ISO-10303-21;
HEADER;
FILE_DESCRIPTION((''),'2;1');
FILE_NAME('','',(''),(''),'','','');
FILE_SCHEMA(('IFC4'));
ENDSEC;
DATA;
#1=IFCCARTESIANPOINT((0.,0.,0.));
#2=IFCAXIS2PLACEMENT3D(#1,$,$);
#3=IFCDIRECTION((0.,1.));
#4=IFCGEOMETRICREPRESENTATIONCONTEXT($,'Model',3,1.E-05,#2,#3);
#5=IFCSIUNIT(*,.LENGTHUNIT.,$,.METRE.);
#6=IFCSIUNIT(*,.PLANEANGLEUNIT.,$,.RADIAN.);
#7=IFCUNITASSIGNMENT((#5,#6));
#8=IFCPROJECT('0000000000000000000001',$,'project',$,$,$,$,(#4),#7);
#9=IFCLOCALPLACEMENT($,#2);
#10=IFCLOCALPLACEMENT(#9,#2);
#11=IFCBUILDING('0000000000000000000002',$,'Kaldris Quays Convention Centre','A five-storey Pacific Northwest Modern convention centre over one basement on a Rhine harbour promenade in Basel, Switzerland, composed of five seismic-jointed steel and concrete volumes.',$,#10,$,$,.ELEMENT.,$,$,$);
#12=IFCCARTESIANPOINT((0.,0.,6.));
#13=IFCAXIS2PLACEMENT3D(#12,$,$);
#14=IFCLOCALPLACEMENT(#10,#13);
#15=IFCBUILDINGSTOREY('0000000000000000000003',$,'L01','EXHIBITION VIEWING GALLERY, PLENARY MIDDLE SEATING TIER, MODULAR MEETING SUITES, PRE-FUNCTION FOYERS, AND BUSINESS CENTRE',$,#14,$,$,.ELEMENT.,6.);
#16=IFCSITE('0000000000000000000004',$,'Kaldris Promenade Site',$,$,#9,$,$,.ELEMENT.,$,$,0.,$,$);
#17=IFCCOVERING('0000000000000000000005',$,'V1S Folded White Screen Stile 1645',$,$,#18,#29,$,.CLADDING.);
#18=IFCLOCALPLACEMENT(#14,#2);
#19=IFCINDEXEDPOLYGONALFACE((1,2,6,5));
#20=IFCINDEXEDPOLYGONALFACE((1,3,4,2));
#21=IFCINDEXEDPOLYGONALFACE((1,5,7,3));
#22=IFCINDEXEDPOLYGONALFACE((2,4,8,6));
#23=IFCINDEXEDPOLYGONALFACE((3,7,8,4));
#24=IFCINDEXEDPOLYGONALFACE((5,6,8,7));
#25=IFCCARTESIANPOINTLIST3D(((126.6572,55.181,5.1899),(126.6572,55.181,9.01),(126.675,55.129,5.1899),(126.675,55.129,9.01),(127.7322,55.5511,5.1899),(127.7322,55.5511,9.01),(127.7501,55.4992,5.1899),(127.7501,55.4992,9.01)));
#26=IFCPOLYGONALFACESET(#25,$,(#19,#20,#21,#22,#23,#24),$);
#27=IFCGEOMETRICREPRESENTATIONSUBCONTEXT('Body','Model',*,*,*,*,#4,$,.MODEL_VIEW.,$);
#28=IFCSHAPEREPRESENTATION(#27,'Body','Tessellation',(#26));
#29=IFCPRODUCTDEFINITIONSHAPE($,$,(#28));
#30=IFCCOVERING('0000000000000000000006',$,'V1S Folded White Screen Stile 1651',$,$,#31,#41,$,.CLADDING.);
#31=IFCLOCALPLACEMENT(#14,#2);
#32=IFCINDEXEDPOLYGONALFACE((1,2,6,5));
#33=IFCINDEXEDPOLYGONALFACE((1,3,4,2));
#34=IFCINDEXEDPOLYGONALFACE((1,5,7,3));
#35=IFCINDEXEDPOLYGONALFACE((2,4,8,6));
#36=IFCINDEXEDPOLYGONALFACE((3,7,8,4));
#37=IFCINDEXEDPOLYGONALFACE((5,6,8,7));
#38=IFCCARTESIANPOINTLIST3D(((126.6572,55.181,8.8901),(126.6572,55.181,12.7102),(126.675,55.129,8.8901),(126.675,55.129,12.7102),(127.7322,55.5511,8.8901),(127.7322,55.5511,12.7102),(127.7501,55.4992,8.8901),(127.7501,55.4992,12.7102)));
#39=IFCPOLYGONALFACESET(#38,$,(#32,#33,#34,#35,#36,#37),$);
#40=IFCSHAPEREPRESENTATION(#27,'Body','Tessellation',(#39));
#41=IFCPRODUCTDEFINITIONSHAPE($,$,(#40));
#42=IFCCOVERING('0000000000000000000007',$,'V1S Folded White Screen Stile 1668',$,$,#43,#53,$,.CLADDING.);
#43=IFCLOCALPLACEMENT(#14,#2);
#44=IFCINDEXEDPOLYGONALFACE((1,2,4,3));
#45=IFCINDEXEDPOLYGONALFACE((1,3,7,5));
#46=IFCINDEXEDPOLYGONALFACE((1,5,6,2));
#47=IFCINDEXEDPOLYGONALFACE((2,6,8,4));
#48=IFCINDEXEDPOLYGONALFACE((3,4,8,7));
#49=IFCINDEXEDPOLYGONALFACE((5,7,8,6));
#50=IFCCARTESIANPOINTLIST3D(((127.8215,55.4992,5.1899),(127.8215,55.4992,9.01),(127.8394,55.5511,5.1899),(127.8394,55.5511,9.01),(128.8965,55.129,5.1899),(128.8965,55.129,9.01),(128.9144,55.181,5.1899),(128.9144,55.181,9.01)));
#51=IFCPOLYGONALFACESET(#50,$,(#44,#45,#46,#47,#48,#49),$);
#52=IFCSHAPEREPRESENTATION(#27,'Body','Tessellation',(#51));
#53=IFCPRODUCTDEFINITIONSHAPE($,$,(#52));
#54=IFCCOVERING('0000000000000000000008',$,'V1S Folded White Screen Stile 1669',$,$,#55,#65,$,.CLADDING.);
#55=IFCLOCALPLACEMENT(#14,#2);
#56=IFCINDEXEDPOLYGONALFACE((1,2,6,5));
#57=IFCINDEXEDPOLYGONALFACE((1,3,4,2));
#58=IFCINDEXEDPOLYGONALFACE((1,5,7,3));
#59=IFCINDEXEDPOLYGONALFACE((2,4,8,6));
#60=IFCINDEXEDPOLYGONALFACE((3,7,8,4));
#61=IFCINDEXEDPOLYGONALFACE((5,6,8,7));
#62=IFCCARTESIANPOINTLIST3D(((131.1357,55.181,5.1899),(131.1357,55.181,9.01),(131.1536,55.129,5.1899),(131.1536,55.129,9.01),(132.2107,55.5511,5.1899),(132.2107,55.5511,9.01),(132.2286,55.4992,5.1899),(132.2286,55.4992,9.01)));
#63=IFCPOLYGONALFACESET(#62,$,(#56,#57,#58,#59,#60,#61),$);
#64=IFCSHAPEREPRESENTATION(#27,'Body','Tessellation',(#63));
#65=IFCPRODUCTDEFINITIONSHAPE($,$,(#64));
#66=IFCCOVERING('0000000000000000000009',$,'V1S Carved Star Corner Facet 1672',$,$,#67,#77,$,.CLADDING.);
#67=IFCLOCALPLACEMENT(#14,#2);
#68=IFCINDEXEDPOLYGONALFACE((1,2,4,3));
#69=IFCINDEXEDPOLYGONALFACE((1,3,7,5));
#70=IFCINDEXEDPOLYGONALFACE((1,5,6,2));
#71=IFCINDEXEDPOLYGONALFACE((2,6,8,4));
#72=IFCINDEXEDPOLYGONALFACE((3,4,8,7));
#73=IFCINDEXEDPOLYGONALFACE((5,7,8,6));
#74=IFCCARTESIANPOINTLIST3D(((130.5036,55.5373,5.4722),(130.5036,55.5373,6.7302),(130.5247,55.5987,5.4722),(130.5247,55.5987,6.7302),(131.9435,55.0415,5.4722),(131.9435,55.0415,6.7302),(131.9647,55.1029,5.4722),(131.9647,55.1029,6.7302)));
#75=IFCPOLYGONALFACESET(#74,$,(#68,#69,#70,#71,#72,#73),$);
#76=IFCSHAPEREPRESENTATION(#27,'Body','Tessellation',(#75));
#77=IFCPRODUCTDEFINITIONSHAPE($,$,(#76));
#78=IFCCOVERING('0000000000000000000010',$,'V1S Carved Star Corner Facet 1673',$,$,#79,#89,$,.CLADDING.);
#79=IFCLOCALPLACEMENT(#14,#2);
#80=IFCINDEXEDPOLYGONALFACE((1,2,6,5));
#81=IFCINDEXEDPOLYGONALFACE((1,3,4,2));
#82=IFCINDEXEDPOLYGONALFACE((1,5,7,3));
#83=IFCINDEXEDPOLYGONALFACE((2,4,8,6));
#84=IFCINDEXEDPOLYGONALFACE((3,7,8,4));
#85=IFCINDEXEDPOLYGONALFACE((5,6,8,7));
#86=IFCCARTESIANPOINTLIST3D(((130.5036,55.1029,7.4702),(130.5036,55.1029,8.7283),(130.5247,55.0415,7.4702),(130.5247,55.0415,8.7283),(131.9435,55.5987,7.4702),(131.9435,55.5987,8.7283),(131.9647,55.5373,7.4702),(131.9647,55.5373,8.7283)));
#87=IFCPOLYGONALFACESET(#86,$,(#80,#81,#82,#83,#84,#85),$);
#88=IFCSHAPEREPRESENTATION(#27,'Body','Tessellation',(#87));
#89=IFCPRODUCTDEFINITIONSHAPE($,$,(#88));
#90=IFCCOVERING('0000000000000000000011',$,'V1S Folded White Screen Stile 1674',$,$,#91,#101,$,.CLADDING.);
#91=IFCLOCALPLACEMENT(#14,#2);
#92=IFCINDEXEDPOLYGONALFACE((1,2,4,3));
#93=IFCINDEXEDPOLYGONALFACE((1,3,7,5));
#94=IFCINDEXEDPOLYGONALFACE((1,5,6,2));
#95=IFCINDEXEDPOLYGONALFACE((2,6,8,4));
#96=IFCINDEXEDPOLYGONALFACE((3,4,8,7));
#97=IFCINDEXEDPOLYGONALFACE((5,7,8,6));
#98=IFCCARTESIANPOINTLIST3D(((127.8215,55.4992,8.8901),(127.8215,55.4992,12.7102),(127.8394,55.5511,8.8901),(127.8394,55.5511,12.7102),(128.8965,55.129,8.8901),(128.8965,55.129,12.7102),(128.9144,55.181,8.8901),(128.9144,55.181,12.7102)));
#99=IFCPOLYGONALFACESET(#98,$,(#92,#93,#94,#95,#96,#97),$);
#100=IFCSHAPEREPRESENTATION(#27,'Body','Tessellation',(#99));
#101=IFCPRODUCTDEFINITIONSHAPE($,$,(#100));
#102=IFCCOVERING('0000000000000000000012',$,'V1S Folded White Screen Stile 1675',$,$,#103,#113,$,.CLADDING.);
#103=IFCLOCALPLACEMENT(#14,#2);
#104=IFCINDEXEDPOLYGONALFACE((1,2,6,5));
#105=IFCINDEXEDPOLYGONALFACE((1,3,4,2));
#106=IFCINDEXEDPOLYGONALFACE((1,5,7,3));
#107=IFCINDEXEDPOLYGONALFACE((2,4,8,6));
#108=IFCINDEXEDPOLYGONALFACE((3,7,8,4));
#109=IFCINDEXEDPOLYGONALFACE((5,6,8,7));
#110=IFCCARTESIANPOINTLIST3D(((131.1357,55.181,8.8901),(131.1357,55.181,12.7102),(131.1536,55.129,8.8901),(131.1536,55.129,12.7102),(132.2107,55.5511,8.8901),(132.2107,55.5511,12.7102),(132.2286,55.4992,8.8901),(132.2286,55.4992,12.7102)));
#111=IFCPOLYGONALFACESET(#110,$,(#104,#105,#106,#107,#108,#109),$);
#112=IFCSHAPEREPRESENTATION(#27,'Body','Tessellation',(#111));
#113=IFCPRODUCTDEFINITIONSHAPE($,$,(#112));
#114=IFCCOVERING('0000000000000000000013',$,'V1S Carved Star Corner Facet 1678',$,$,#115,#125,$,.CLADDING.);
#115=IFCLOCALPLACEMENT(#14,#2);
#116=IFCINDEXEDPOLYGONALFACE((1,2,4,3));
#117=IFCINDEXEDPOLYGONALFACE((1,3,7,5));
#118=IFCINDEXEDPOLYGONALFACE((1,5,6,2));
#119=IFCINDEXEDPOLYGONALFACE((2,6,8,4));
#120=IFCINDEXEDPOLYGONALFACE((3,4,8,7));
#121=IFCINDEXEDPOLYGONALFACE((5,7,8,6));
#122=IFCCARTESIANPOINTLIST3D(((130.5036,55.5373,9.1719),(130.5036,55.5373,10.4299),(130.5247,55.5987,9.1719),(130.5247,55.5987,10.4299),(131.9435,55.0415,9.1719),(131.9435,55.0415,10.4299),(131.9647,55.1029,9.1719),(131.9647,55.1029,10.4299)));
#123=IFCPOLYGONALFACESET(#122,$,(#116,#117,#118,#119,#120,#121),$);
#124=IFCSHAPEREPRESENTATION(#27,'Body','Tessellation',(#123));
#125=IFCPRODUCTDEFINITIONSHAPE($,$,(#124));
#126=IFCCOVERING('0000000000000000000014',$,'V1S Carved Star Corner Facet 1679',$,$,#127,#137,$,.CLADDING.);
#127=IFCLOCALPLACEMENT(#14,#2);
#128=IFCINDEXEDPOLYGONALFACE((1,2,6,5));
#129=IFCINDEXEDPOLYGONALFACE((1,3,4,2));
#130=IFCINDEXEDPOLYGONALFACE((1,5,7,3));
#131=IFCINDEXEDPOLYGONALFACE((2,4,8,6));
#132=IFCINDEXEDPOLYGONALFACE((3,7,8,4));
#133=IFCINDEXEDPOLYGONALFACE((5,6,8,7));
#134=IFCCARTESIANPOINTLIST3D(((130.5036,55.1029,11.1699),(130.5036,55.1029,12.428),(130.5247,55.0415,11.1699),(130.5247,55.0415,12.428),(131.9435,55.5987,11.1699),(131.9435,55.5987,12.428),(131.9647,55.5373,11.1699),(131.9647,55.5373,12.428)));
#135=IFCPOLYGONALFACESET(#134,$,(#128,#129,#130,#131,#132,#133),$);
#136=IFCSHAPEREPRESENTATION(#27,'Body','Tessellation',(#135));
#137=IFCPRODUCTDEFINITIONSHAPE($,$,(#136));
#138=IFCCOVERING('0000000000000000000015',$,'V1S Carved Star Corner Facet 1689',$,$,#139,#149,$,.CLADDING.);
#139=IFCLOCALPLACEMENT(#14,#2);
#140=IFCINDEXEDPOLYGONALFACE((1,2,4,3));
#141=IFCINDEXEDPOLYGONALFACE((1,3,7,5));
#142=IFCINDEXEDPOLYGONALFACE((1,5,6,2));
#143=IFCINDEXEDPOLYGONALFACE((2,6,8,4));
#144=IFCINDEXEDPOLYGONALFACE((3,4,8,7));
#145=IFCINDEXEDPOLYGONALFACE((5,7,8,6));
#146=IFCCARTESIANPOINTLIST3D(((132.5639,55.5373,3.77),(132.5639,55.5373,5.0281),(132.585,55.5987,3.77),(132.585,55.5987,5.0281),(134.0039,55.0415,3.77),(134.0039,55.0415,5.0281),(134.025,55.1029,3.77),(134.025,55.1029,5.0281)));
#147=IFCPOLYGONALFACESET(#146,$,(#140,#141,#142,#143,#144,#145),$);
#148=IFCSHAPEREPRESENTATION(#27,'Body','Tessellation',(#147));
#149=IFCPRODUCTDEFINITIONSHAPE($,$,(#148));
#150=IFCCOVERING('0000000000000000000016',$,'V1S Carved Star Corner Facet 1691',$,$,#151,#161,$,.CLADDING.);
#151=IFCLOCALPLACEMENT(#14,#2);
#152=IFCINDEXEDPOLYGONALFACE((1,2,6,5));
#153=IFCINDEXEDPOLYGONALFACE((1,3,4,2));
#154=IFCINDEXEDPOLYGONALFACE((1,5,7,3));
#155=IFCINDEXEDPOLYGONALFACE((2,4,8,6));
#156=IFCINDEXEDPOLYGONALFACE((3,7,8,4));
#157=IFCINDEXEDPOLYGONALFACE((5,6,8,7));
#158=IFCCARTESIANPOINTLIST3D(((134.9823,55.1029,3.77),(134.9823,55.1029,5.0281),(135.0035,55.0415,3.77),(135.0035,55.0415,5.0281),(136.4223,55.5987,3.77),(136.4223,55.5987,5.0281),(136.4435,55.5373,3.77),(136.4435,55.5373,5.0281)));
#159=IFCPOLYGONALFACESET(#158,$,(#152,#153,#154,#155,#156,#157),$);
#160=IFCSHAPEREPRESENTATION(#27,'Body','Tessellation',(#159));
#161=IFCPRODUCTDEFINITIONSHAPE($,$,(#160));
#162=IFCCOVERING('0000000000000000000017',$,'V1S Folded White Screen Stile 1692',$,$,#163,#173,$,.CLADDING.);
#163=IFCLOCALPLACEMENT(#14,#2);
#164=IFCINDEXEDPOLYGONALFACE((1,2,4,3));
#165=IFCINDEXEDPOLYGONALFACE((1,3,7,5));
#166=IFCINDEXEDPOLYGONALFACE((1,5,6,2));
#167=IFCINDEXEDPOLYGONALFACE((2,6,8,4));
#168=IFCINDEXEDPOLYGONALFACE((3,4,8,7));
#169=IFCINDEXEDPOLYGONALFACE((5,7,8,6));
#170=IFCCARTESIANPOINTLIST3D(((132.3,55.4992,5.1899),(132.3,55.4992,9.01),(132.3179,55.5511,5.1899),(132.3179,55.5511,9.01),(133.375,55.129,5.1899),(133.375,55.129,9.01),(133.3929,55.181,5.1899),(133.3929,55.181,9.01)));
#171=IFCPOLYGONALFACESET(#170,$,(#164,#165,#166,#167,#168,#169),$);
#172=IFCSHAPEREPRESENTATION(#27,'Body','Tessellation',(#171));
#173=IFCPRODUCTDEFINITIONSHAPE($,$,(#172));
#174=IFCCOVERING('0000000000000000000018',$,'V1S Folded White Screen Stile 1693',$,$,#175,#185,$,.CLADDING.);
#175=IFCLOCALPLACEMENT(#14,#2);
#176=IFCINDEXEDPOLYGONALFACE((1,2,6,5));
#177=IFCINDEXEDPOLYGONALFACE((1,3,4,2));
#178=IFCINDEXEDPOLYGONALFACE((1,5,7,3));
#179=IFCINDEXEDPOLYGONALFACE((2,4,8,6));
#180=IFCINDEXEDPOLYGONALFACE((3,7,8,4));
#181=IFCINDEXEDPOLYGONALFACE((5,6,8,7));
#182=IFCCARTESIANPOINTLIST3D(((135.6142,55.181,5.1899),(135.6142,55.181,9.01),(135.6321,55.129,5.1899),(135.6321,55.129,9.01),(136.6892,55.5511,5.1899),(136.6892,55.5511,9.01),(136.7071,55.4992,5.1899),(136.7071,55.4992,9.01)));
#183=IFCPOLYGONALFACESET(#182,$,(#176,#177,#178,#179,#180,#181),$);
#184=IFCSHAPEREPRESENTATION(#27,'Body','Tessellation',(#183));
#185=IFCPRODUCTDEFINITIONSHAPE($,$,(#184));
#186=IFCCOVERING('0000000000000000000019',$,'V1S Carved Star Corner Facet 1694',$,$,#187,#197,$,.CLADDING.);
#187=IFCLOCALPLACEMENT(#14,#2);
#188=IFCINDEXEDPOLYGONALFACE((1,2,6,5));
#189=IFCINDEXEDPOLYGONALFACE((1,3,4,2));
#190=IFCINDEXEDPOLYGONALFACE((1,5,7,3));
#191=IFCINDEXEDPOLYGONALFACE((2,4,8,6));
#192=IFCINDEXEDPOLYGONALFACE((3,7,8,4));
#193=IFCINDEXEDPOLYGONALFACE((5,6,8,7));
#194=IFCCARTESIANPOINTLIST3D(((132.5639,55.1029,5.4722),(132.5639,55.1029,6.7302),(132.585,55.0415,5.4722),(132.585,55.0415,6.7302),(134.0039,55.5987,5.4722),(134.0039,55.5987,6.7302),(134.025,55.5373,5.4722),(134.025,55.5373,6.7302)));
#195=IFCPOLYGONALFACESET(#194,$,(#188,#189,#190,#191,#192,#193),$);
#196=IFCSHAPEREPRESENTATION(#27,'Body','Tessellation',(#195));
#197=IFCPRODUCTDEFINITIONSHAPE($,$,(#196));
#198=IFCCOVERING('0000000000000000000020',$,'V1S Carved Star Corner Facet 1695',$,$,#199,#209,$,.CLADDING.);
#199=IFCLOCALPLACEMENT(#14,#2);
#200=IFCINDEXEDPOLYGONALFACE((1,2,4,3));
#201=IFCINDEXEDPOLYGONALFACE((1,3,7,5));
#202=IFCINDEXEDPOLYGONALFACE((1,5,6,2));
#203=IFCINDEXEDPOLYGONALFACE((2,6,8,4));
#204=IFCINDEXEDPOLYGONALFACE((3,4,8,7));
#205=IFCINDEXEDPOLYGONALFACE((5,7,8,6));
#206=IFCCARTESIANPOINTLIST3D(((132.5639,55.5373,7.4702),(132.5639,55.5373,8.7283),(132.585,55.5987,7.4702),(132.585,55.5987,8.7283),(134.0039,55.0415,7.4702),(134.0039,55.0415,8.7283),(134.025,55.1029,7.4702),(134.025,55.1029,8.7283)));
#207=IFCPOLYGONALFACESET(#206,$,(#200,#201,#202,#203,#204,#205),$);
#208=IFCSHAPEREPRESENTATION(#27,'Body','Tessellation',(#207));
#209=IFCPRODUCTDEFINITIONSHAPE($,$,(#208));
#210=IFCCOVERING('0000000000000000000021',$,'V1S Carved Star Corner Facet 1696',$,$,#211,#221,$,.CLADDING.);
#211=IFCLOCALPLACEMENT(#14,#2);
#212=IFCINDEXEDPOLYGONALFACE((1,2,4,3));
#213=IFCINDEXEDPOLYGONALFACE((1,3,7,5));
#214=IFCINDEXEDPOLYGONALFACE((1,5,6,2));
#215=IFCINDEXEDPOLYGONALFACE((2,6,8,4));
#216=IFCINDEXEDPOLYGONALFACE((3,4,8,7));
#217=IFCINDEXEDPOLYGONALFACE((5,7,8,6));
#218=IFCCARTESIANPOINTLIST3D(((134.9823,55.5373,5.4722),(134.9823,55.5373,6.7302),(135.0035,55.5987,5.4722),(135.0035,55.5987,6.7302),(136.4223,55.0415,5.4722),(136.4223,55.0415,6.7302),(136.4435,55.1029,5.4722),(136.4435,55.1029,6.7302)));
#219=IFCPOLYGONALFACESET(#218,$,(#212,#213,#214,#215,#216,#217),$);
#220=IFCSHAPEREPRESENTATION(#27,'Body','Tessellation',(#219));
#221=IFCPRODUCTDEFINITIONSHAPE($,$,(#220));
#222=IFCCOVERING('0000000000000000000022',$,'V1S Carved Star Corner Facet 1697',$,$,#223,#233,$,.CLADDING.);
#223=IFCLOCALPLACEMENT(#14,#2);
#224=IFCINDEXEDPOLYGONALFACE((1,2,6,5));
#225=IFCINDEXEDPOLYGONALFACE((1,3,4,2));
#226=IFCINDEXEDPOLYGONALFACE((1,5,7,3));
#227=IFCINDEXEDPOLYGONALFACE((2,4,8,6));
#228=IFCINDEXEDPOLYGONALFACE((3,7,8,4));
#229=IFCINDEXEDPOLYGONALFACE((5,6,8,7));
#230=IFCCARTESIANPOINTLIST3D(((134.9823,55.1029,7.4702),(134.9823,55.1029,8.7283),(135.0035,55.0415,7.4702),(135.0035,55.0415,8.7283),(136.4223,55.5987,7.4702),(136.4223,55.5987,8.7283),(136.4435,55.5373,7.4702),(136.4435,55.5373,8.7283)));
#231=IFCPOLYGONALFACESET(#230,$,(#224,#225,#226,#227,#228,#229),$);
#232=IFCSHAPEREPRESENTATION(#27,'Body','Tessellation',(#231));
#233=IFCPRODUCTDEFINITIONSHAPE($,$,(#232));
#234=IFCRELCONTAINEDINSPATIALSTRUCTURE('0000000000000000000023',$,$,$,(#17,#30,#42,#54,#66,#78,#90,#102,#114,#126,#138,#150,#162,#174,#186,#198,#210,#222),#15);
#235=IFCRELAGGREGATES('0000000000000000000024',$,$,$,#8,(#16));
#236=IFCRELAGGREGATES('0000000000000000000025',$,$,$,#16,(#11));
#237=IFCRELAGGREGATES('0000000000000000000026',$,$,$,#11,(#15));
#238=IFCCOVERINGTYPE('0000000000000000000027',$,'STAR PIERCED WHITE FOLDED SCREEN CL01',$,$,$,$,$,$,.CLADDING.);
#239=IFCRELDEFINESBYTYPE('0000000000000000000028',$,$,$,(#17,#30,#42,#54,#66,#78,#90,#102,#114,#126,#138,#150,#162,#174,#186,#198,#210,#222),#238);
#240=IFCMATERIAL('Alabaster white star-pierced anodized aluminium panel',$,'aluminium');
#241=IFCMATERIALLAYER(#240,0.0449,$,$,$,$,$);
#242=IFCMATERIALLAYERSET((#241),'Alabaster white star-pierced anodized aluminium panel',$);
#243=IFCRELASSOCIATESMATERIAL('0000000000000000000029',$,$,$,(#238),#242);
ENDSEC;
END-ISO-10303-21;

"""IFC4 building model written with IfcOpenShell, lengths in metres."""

from ifc_helpers import new_model, si_unit, direction, frame, origin, origin_2d, place, context, subcontext, project, spatial, rectangle, extrude, material, layer, layer_set, type_object, element, save


model = new_model("IFC4")

# Units and contexts
model_context = context("Model", 3, precision=1e-05, world=origin(), true_north=direction((0.0, 1.0)))
body_context = subcontext(model_context, "Body", "Model", "MODEL_VIEW")
ifc_project = project(units=[si_unit("LENGTHUNIT", "METRE"), si_unit("PLANEANGLEUNIT", "RADIAN")], contexts=[model_context])

# Site, building, storey
site_placement = place(None, origin())
site = spatial("IfcSite", under=ifc_project, at=site_placement, Name="Kaldris Promenade Site", CompositionType="ELEMENT", RefElevation=0.0)
building_placement = place(site_placement, origin())
building = spatial("IfcBuilding", under=site, at=building_placement, Name="Kaldris Quays Convention Centre", Description="A five-storey Pacific Northwest Modern convention centre over one basement on a Rhine harbour promenade in Basel, Switzerland, composed of five seismic-jointed steel and concrete volumes.", CompositionType="ELEMENT")
storey_placement = place(building_placement, frame((0.0, 0.0, 6.0)))
storey = spatial("IfcBuildingStorey", under=building, at=storey_placement, Name="L01", Description="EXHIBITION VIEWING GALLERY, PLENARY MIDDLE SEATING TIER, MODULAR MEETING SUITES, PRE-FUNCTION FOYERS, AND BUSINESS CENTRE", CompositionType="ELEMENT", Elevation=6.0)

# Coverings
ifc_material = material(Name="Alabaster white star-pierced anodized aluminium panel", Category="aluminium")
ifc_layer = layer(ifc_material, 0.0449)
ifc_layer_set = layer_set([ifc_layer], Name="Alabaster white star-pierced anodized aluminium panel")
covering_type = type_object("IfcCoveringType", Name="STAR PIERCED WHITE FOLDED SCREEN CL01", PredefinedType="CLADDING", material=ifc_layer_set)
for number, where, z_axis, x_axis, name in (
    (1, (127.2036, 55.3401, 5.1899), (0.0, 0.0, 1.0), (0.945519, 0.325568, 0.0), "V1S Folded White Screen Stile 1645"),
    (2, (127.2036, 55.3401, 8.8901), (0.0, 0.0, 1.0), (0.945519, 0.325568, 0.0), "V1S Folded White Screen Stile 1651"),
    (3, (128.3679, 55.3401, 5.1899), (0.0, 0.0, 1.0), (0.945519, -0.325568, 0.0), "V1S Folded White Screen Stile 1668"),
    (4, (131.6821, 55.3401, 5.1899), (0.0, 0.0, 1.0), (0.945519, 0.325568, 0.0), "V1S Folded White Screen Stile 1669"),
):
    element("IfcCovering", number, at=place(storey_placement, frame(where, z_axis=z_axis, x_axis=x_axis)), inside=storey, type_object=covering_type, Name=name, PredefinedType="CLADDING", context=body_context, shape_type="SweptSolid", body=[
        extrude(rectangle(XDim=1.137, YDim=0.0549, at=origin_2d()), origin(), (0.0, 0.0, 1.0), 3.8201),
    ])
for number, where, z_axis, x_axis, name in (
    (5, (131.2341, 55.3201, 5.4722), (0.0, 0.0, 1.0), (0.945519, -0.325568, 0.0), "V1S Carved Star Corner Facet 1672"),
    (6, (131.2341, 55.3201, 7.4702), (0.0, 0.0, 1.0), (0.945519, 0.325568, 0.0), "V1S Carved Star Corner Facet 1673"),
):
    element("IfcCovering", number, at=place(storey_placement, frame(where, z_axis=z_axis, x_axis=x_axis)), inside=storey, type_object=covering_type, Name=name, PredefinedType="CLADDING", context=body_context, shape_type="SweptSolid", body=[
        extrude(rectangle(XDim=1.5229, YDim=0.0649, at=origin_2d()), origin(), (0.0, 0.0, 1.0), 1.2581),
    ])
for number, where, z_axis, x_axis, name in (
    (7, (128.3679, 55.3401, 8.8901), (0.0, 0.0, 1.0), (0.945519, -0.325568, 0.0), "V1S Folded White Screen Stile 1674"),
    (8, (131.6821, 55.3401, 8.8901), (0.0, 0.0, 1.0), (0.945519, 0.325568, 0.0), "V1S Folded White Screen Stile 1675"),
):
    element("IfcCovering", number, at=place(storey_placement, frame(where, z_axis=z_axis, x_axis=x_axis)), inside=storey, type_object=covering_type, Name=name, PredefinedType="CLADDING", context=body_context, shape_type="SweptSolid", body=[
        extrude(rectangle(XDim=1.137, YDim=0.0549, at=origin_2d()), origin(), (0.0, 0.0, 1.0), 3.8201),
    ])
for number, where, z_axis, x_axis, name in (
    (9, (131.2341, 55.3201, 9.1719), (0.0, 0.0, 1.0), (0.945519, -0.325568, 0.0), "V1S Carved Star Corner Facet 1678"),
    (10, (131.2341, 55.3201, 11.1699), (0.0, 0.0, 1.0), (0.945519, 0.325568, 0.0), "V1S Carved Star Corner Facet 1679"),
    (11, (133.2944, 55.3201, 3.77), (0.0, 0.0, 1.0), (0.945519, -0.325568, 0.0), "V1S Carved Star Corner Facet 1689"),
    (12, (135.7129, 55.3201, 3.77), (0.0, 0.0, 1.0), (0.945519, 0.325568, 0.0), "V1S Carved Star Corner Facet 1691"),
):
    element("IfcCovering", number, at=place(storey_placement, frame(where, z_axis=z_axis, x_axis=x_axis)), inside=storey, type_object=covering_type, Name=name, PredefinedType="CLADDING", context=body_context, shape_type="SweptSolid", body=[
        extrude(rectangle(XDim=1.5229, YDim=0.0649, at=origin_2d()), origin(), (0.0, 0.0, 1.0), 1.2581),
    ])
for number, where, z_axis, x_axis, name in (
    (13, (132.8464, 55.3401, 5.1899), (0.0, 0.0, 1.0), (0.945519, -0.325568, 0.0), "V1S Folded White Screen Stile 1692"),
    (14, (136.1606, 55.3401, 5.1899), (0.0, 0.0, 1.0), (0.945519, 0.325568, 0.0), "V1S Folded White Screen Stile 1693"),
):
    element("IfcCovering", number, at=place(storey_placement, frame(where, z_axis=z_axis, x_axis=x_axis)), inside=storey, type_object=covering_type, Name=name, PredefinedType="CLADDING", context=body_context, shape_type="SweptSolid", body=[
        extrude(rectangle(XDim=1.137, YDim=0.0549, at=origin_2d()), origin(), (0.0, 0.0, 1.0), 3.8201),
    ])
for number, where, z_axis, x_axis, name in (
    (15, (133.2944, 55.3201, 5.4722), (0.0, 0.0, 1.0), (0.945519, 0.325568, 0.0), "V1S Carved Star Corner Facet 1694"),
    (16, (133.2944, 55.3201, 7.4702), (0.0, 0.0, 1.0), (0.945519, -0.325568, 0.0), "V1S Carved Star Corner Facet 1695"),
    (17, (135.7129, 55.3201, 5.4722), (0.0, 0.0, 1.0), (0.945519, -0.325568, 0.0), "V1S Carved Star Corner Facet 1696"),
    (18, (135.7129, 55.3201, 7.4702), (0.0, 0.0, 1.0), (0.945519, 0.325568, 0.0), "V1S Carved Star Corner Facet 1697"),
):
    element("IfcCovering", number, at=place(storey_placement, frame(where, z_axis=z_axis, x_axis=x_axis)), inside=storey, type_object=covering_type, Name=name, PredefinedType="CLADDING", context=body_context, shape_type="SweptSolid", body=[
        extrude(rectangle(XDim=1.5229, YDim=0.0649, at=origin_2d()), origin(), (0.0, 0.0, 1.0), 1.2581),
    ])

save(model, "model.ifc")
